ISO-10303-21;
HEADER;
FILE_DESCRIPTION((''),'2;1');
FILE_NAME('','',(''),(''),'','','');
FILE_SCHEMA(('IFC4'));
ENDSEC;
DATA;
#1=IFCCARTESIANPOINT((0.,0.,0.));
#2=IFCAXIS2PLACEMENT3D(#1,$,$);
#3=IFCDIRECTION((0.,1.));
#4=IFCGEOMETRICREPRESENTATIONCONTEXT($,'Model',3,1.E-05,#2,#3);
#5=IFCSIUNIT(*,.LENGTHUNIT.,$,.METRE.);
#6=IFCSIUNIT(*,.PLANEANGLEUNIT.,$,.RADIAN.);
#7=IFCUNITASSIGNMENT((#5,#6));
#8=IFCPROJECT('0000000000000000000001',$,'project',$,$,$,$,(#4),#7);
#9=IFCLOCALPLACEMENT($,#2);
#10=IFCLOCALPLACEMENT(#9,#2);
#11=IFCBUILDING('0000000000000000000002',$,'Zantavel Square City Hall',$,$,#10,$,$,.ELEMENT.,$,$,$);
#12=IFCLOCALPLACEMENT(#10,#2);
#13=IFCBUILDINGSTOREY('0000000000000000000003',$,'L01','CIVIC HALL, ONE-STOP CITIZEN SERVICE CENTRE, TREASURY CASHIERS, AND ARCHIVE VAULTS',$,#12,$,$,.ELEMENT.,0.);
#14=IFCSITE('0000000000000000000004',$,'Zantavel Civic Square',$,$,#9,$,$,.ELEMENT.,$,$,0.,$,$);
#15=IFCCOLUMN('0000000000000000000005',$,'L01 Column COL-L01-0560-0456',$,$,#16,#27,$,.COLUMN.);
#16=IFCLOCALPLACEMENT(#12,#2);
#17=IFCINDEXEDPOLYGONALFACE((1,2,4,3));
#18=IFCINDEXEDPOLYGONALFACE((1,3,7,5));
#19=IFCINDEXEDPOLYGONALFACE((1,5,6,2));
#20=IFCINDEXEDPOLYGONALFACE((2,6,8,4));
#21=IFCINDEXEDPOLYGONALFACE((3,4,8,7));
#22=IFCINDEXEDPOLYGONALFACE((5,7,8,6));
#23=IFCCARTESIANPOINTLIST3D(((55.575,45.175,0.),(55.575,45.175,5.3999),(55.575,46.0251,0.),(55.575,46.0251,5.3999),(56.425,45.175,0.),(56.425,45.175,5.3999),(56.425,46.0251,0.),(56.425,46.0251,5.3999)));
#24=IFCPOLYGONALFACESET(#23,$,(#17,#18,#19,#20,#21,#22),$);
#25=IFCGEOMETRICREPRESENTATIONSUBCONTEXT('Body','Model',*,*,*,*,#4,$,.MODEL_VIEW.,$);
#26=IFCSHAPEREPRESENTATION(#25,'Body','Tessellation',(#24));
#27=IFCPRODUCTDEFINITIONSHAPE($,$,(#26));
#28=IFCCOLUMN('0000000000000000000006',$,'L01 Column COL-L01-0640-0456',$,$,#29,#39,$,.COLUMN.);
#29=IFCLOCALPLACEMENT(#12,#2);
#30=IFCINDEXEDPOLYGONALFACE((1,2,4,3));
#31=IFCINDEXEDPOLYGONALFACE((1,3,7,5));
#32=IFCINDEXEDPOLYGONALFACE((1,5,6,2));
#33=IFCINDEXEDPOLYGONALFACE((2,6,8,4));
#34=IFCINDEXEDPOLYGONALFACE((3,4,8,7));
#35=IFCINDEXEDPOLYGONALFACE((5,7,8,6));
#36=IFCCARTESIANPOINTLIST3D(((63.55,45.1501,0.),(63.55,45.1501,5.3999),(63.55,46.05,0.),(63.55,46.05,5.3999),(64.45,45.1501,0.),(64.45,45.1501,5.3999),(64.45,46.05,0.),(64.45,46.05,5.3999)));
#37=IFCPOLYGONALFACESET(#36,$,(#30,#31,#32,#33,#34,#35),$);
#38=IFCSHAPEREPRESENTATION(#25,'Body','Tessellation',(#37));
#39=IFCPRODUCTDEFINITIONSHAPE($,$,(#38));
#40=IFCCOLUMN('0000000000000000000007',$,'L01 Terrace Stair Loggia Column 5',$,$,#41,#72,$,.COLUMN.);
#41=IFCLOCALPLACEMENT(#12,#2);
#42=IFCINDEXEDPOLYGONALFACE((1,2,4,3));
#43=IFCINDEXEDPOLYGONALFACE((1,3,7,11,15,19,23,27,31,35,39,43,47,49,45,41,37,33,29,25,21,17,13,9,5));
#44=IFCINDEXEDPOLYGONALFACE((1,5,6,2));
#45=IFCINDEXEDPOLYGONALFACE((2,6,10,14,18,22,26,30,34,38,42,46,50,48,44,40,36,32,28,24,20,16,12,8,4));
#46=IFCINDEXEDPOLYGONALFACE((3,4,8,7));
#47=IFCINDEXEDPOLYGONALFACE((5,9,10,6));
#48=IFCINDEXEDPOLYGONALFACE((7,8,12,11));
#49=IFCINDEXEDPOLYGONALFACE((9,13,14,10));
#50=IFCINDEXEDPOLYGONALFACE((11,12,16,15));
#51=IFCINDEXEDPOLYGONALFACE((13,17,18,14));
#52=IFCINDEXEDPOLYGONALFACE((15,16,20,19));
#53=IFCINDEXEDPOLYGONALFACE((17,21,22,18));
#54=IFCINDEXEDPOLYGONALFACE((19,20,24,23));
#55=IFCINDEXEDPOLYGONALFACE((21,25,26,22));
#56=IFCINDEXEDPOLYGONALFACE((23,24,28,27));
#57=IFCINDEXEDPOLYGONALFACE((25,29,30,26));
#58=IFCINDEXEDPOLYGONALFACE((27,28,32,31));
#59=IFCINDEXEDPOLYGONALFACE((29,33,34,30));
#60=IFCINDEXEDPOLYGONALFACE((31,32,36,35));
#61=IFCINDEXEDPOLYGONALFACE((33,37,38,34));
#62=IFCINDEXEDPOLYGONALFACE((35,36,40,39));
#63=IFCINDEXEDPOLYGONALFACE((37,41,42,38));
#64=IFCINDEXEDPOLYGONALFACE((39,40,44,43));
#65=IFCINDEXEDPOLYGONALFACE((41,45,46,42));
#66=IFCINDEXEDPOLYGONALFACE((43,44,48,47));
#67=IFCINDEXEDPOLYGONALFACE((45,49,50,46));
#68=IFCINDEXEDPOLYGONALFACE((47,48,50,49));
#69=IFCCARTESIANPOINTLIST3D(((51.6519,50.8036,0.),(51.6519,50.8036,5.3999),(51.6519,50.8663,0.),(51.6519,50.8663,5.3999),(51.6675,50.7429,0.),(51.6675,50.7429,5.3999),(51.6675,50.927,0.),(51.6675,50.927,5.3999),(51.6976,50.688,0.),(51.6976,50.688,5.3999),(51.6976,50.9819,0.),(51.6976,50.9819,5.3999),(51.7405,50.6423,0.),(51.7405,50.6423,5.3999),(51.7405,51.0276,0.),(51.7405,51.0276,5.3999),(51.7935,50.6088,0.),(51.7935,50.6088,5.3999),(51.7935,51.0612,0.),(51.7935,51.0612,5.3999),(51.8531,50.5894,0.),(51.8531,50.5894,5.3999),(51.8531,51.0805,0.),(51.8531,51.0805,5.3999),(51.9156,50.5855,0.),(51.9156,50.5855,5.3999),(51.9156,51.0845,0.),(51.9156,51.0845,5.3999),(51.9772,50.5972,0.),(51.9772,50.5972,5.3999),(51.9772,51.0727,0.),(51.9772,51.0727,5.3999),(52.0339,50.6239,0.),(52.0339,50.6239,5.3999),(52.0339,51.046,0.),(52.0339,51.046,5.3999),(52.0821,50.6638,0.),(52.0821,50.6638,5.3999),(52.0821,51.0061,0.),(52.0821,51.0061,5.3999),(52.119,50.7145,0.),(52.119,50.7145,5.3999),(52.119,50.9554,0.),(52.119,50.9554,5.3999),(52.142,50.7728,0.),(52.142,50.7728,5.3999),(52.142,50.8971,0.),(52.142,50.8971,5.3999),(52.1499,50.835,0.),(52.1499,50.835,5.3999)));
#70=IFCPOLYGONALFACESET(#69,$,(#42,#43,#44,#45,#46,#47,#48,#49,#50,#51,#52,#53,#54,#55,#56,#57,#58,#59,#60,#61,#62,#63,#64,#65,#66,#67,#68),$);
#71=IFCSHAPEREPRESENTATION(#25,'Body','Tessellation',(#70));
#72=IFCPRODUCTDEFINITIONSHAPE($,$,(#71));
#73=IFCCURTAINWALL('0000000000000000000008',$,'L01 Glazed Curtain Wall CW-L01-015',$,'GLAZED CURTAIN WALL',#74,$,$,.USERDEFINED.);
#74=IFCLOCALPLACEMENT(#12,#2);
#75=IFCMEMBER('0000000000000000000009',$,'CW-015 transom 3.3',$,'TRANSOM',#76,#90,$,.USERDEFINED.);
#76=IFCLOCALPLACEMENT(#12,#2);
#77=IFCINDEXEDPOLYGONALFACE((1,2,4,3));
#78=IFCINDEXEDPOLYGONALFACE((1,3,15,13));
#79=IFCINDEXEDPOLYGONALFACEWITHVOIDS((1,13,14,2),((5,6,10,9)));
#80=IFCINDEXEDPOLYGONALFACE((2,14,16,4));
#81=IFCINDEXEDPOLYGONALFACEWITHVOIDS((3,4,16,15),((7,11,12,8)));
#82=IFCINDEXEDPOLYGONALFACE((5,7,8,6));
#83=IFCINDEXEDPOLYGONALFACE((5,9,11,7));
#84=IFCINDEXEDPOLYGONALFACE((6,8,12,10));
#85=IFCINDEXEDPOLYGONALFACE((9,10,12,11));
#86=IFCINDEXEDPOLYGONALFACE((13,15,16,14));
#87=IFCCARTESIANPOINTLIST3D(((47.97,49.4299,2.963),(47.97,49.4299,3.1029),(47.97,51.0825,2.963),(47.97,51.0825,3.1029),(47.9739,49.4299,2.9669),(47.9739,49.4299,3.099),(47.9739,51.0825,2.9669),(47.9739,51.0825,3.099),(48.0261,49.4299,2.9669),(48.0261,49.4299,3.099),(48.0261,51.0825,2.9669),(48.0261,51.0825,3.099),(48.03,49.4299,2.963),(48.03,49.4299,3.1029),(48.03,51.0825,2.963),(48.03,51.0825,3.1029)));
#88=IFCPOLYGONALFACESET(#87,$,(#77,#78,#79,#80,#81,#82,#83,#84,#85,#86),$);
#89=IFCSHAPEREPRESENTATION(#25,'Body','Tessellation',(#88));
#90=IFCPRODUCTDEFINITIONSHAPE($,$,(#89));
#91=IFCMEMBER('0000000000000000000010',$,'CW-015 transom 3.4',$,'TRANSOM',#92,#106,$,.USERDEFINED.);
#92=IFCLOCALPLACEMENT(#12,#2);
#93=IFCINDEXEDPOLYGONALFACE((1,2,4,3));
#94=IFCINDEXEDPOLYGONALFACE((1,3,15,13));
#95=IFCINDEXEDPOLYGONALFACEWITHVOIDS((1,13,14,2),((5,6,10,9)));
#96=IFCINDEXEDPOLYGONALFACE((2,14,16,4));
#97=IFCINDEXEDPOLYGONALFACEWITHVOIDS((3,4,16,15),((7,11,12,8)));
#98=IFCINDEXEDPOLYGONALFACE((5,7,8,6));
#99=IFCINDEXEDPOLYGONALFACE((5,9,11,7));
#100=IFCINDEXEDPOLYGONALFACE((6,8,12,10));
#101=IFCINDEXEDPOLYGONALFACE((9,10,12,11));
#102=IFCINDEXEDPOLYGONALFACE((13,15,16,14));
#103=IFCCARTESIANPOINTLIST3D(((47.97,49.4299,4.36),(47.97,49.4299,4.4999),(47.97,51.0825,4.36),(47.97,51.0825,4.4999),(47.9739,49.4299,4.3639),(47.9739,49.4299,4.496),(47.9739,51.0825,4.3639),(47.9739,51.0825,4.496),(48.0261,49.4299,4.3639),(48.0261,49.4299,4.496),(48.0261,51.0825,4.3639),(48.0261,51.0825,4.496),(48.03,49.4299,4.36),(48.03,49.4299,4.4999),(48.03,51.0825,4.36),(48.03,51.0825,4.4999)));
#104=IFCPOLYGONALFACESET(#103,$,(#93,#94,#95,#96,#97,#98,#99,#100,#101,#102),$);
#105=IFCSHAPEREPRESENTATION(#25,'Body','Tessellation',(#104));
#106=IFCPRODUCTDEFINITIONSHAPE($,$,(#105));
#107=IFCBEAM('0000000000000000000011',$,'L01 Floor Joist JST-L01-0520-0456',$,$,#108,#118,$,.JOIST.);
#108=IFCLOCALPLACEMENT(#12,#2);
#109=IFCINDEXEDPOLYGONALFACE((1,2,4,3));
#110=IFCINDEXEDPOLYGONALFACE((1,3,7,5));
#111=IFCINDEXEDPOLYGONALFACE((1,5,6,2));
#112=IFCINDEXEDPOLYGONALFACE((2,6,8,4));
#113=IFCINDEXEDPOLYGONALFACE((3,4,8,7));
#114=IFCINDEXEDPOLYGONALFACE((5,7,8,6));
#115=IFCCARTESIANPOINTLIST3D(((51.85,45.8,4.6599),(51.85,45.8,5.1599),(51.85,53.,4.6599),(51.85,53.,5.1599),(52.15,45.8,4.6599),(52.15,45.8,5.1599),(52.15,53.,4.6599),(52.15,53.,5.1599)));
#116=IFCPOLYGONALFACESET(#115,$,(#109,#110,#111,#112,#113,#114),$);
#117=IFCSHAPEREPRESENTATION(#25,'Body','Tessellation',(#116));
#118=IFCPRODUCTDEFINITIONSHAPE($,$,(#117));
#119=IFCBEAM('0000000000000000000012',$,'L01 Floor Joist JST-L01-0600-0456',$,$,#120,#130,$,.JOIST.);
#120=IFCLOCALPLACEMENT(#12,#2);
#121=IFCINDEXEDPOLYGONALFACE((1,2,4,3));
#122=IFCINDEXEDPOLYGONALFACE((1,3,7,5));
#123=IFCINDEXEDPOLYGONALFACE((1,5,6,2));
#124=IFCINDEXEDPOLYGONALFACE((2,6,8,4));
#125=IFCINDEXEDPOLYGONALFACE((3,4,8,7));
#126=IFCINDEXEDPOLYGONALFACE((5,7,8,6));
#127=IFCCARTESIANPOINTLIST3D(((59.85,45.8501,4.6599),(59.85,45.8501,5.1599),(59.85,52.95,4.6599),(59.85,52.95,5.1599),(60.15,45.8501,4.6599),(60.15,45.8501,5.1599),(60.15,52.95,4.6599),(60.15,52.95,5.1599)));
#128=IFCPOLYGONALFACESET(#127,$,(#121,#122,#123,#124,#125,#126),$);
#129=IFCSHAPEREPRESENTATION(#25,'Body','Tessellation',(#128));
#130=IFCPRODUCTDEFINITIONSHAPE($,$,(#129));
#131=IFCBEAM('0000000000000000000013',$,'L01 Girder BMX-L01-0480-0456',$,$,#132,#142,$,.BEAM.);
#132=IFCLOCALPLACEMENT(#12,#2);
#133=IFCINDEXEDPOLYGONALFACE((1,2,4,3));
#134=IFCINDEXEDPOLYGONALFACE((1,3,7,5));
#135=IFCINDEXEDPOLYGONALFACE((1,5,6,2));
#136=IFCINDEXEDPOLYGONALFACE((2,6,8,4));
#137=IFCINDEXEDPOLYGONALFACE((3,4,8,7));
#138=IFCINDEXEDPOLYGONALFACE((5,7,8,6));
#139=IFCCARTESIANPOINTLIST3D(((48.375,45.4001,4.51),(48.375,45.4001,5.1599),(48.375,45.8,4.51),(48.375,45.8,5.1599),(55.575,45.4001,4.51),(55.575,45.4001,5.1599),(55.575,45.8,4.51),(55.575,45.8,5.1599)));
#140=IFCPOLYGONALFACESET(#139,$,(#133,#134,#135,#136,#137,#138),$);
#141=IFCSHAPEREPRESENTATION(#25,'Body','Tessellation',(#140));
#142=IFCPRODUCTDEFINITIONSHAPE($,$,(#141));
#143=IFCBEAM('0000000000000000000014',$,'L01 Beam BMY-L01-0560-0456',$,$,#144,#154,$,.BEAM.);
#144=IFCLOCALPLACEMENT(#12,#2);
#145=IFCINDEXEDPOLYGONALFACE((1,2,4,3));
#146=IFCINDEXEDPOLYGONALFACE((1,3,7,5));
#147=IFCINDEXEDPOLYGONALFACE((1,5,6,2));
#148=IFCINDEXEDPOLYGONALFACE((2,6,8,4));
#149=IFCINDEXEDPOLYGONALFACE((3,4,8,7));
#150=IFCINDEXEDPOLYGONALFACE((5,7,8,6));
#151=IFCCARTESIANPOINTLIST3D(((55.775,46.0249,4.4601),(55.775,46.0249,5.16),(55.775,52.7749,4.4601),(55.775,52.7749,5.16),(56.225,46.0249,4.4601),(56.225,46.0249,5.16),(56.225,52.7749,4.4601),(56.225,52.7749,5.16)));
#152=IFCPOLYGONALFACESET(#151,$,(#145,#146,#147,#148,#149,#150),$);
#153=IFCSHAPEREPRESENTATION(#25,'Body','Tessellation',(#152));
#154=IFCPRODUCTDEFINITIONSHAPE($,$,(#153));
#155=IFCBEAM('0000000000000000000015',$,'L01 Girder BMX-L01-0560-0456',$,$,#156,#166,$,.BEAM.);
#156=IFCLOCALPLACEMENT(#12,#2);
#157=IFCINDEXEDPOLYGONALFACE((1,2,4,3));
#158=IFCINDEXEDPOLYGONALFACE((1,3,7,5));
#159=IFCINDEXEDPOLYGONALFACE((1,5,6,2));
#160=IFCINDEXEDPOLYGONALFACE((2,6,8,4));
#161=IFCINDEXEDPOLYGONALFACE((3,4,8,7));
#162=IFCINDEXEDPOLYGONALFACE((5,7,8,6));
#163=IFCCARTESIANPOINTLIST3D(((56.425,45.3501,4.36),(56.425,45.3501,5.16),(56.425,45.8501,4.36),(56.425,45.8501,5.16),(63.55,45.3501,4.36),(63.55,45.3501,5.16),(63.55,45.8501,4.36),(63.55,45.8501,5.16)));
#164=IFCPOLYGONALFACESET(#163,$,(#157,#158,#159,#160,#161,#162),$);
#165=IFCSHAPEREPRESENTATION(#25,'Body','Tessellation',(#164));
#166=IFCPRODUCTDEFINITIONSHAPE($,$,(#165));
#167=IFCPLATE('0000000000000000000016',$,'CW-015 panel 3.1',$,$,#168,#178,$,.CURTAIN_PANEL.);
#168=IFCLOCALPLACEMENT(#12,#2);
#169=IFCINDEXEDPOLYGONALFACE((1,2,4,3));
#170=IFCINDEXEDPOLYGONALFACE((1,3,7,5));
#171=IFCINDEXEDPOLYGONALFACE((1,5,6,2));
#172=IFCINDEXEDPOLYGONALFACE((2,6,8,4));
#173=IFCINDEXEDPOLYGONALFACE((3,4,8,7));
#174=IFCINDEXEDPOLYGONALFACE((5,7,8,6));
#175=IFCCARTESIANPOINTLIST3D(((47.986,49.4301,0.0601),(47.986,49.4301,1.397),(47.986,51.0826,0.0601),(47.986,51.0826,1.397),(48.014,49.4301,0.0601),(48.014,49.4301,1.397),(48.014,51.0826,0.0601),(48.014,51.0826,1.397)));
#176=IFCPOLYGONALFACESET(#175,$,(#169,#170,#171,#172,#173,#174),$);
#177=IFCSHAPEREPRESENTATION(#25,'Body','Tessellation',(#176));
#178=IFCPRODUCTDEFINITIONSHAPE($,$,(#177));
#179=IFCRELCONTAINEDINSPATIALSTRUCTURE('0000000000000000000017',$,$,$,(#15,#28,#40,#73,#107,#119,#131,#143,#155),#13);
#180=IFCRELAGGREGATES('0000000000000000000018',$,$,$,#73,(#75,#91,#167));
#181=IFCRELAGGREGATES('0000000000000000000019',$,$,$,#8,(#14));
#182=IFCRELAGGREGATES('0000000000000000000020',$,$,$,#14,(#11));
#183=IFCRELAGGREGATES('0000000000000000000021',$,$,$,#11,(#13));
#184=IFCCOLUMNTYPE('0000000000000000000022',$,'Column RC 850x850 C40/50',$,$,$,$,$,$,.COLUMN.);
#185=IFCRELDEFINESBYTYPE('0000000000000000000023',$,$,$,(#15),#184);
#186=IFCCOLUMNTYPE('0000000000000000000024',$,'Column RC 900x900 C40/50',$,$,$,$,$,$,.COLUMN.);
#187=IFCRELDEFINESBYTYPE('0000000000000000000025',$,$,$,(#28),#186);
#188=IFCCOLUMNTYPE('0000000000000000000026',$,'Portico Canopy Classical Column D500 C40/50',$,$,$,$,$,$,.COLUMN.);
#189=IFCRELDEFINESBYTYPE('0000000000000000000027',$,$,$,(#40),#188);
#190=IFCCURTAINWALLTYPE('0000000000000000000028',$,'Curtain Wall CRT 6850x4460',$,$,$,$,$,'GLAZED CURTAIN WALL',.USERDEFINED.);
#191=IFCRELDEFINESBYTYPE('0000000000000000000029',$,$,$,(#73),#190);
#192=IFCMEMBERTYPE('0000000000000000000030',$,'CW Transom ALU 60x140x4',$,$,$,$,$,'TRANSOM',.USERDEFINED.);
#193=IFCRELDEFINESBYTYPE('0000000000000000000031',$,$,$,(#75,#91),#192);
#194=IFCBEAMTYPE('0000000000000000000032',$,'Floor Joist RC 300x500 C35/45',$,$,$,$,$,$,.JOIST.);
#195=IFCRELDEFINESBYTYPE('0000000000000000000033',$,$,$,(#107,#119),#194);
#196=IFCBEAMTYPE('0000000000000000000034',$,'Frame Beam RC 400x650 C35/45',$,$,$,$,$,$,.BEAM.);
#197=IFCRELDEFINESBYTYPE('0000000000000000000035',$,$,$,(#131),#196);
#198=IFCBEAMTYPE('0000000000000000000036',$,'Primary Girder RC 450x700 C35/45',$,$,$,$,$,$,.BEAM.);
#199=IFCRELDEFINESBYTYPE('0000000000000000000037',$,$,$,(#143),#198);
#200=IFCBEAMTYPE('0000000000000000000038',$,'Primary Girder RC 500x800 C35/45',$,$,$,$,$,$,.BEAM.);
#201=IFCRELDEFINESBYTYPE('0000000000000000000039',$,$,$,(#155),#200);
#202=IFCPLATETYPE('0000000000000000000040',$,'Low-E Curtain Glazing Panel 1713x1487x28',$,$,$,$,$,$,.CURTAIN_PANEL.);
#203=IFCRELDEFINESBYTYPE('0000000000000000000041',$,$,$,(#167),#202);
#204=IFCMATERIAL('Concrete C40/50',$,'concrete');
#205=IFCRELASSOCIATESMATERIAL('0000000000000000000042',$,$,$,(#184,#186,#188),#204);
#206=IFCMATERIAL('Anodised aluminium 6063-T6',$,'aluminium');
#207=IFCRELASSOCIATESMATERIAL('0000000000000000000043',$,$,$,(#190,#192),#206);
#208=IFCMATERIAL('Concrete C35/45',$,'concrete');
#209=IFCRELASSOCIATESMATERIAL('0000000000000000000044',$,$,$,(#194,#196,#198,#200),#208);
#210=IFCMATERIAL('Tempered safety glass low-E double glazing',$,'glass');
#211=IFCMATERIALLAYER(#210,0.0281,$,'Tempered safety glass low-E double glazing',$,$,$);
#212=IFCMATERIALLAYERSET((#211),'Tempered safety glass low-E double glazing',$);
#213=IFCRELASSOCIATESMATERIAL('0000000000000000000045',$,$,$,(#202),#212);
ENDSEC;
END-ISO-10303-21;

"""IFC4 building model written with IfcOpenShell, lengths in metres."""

from ifc_helpers import new_model, si_unit, direction, frame, origin, origin_2d, place, context, subcontext, project, spatial, rectangle, hollow_rectangle, circle, extrude, material, layer, layer_set, material_profile, profile_set, type_object, element, aggregate, save


model = new_model("IFC4")

# Units and contexts
model_context = context("Model", 3, precision=1e-05, world=origin(), true_north=direction((0.0, 1.0)))
body_context = subcontext(model_context, "Body", "Model", "MODEL_VIEW")
ifc_project = project(units=[si_unit("LENGTHUNIT", "METRE"), si_unit("PLANEANGLEUNIT", "RADIAN")], contexts=[model_context])

# Site, building, storey
site_placement = place(None, origin())
site = spatial("IfcSite", under=ifc_project, at=site_placement, Name="Zantavel Civic Square", CompositionType="ELEMENT", RefElevation=0.0)
building_placement = place(site_placement, origin())
building = spatial("IfcBuilding", under=site, at=building_placement, Name="Zantavel Square City Hall", CompositionType="ELEMENT")
storey_placement = place(building_placement, origin())
storey = spatial("IfcBuildingStorey", under=building, at=storey_placement, Name="L01", Description="CIVIC HALL, ONE-STOP CITIZEN SERVICE CENTRE, TREASURY CASHIERS, AND ARCHIVE VAULTS", CompositionType="ELEMENT", Elevation=0.0)

# Columns
ifc_material_1 = material(Name="Concrete C40/50", Category="concrete")
ifc_material_profile_1 = material_profile(ifc_material_1, rectangle(XDim=0.8501, YDim=0.8501, at=origin_2d()), Name="RC 850x850")
ifc_profile_set_1 = profile_set([ifc_material_profile_1], Name="Concrete C40/50")
column_type_1 = type_object("IfcColumnType", Name="Column RC 850x850 C40/50", PredefinedType="COLUMN", material=ifc_profile_set_1)
column_1_placement = place(storey_placement, frame((56.0, 45.6001, 0.0), z_axis=(0.0, 0.0, 1.0), x_axis=(1.0, 0.0, 0.0)))
element("IfcColumn", 1, at=column_1_placement, inside=storey, type_object=column_type_1, Name="L01 Column COL-L01-0560-0456", PredefinedType="COLUMN", context=body_context, shape_type="SweptSolid", body=[
    extrude(rectangle(XDim=0.8501, YDim=0.8501, at=origin_2d()), origin(), (0.0, 0.0, 1.0), 5.3999),
])
ifc_material_profile_2 = material_profile(ifc_material_1, rectangle(XDim=0.8999, YDim=0.8999, at=origin_2d()), Name="RC 900x900")
ifc_profile_set_2 = profile_set([ifc_material_profile_2], Name="Concrete C40/50")
column_type_2 = type_object("IfcColumnType", Name="Column RC 900x900 C40/50", PredefinedType="COLUMN", material=ifc_profile_set_2)
column_2_placement = place(storey_placement, frame((64.0, 45.6001, 0.0), z_axis=(0.0, 0.0, 1.0), x_axis=(1.0, 0.0, 0.0)))
element("IfcColumn", 2, at=column_2_placement, inside=storey, type_object=column_type_2, Name="L01 Column COL-L01-0640-0456", PredefinedType="COLUMN", context=body_context, shape_type="SweptSolid", body=[
    extrude(rectangle(XDim=0.8999, YDim=0.8999, at=origin_2d()), origin(), (0.0, 0.0, 1.0), 5.3999),
])
ifc_material_profile_3 = material_profile(ifc_material_1, circle(Radius=0.25, at=origin_2d()), Name="ROUND D500")
ifc_profile_set_3 = profile_set([ifc_material_profile_3], Name="Concrete C40/50")
column_type_3 = type_object("IfcColumnType", Name="Portico Canopy Classical Column D500 C40/50", PredefinedType="COLUMN", material=ifc_profile_set_3)
column_3_placement = place(storey_placement, frame((51.8999, 50.835, 0.0), z_axis=(0.0, 0.0, 1.0), x_axis=(1.0, 0.0, 0.0)))
element("IfcColumn", 3, at=column_3_placement, inside=storey, type_object=column_type_3, Name="L01 Terrace Stair Loggia Column 5", PredefinedType="COLUMN", context=body_context, shape_type="SweptSolid", body=[
    extrude(circle(Radius=0.25, at=origin_2d()), origin(), (0.0, 0.0, 1.0), 5.3999),
])

# Curtain wall, members
ifc_material_2 = material(Name="Anodised aluminium 6063-T6", Category="aluminium")
curtain_wall_type = type_object("IfcCurtainWallType", Name="Curtain Wall CRT 6850x4460", ElementType="GLAZED CURTAIN WALL", PredefinedType="USERDEFINED", material=ifc_material_2)
curtain_wall_placement = place(storey_placement, origin())
curtain_wall = element("IfcCurtainWall", 4, at=curtain_wall_placement, inside=storey, type_object=curtain_wall_type, Name="L01 Glazed Curtain Wall CW-L01-015", ObjectType="GLAZED CURTAIN WALL", PredefinedType="USERDEFINED")
ifc_material_profile_4 = material_profile(ifc_material_2, hollow_rectangle(XDim=0.0601, YDim=0.1399, WallThickness=0.0039, at=origin_2d()), Name="ALU 60x140x4")
ifc_profile_set_4 = profile_set([ifc_material_profile_4], Name="Anodised aluminium 6063-T6")
member_type = type_object("IfcMemberType", Name="CW Transom ALU 60x140x4", ElementType="TRANSOM", PredefinedType="USERDEFINED", material=ifc_profile_set_4)
member_1_placement = place(storey_placement, frame((48.0, 49.4299, 3.033), z_axis=(0.0, 1.0, 0.0), x_axis=(-1.0, 0.0, 0.0)))
member_1 = element("IfcMember", 5, at=member_1_placement, type_object=member_type, Name="CW-015 transom 3.3", ObjectType="TRANSOM", PredefinedType="USERDEFINED", context=body_context, shape_type="SweptSolid", body=[
    extrude(hollow_rectangle(XDim=0.0601, YDim=0.1399, WallThickness=0.0039, at=origin_2d()), origin(), (0.0, 0.0, 1.0), 1.6526),
])
member_2_placement = place(storey_placement, frame((48.0, 49.4299, 4.4299), z_axis=(0.0, 1.0, 0.0), x_axis=(-1.0, 0.0, 0.0)))
member_2 = element("IfcMember", 6, at=member_2_placement, type_object=member_type, Name="CW-015 transom 3.4", ObjectType="TRANSOM", PredefinedType="USERDEFINED", context=body_context, shape_type="SweptSolid", body=[
    extrude(hollow_rectangle(XDim=0.0601, YDim=0.1399, WallThickness=0.0039, at=origin_2d()), origin(), (0.0, 0.0, 1.0), 1.6526),
])

# Beams
ifc_material_3 = material(Name="Concrete C35/45", Category="concrete")
ifc_material_profile_5 = material_profile(ifc_material_3, rectangle(XDim=0.3, YDim=0.5, at=origin_2d()), Name="RC 300x500")
ifc_profile_set_5 = profile_set([ifc_material_profile_5], Name="Concrete C35/45")
beam_type_1 = type_object("IfcBeamType", Name="Floor Joist RC 300x500 C35/45", PredefinedType="JOIST", material=ifc_profile_set_5)
beam_1_placement = place(storey_placement, frame((52.0, 45.8, 4.9099), z_axis=(0.0, 1.0, 0.0), x_axis=(-1.0, 0.0, 0.0)))
element("IfcBeam", 7, at=beam_1_placement, inside=storey, type_object=beam_type_1, Name="L01 Floor Joist JST-L01-0520-0456", PredefinedType="JOIST", context=body_context, shape_type="SweptSolid", body=[
    extrude(rectangle(XDim=0.3, YDim=0.5, at=origin_2d()), origin(), (0.0, 0.0, 1.0), 7.2),
])
beam_2_placement = place(storey_placement, frame((60.0, 45.8501, 4.9099), z_axis=(0.0, 1.0, 0.0), x_axis=(-1.0, 0.0, 0.0)))
element("IfcBeam", 8, at=beam_2_placement, inside=storey, type_object=beam_type_1, Name="L01 Floor Joist JST-L01-0600-0456", PredefinedType="JOIST", context=body_context, shape_type="SweptSolid", body=[
    extrude(rectangle(XDim=0.3, YDim=0.5, at=origin_2d()), origin(), (0.0, 0.0, 1.0), 7.0999),
])
ifc_material_profile_6 = material_profile(ifc_material_3, rectangle(XDim=0.3999, YDim=0.6499, at=origin_2d()), Name="RC 400x650")
ifc_profile_set_6 = profile_set([ifc_material_profile_6], Name="Concrete C35/45")
beam_type_2 = type_object("IfcBeamType", Name="Frame Beam RC 400x650 C35/45", PredefinedType="BEAM", material=ifc_profile_set_6)
beam_3_placement = place(storey_placement, frame((48.375, 45.6001, 4.835), z_axis=(1.0, 0.0, 0.0), x_axis=(0.0, 1.0, 0.0)))
element("IfcBeam", 9, at=beam_3_placement, inside=storey, type_object=beam_type_2, Name="L01 Girder BMX-L01-0480-0456", PredefinedType="BEAM", context=body_context, shape_type="SweptSolid", body=[
    extrude(rectangle(XDim=0.3999, YDim=0.6499, at=origin_2d()), origin(), (0.0, 0.0, 1.0), 7.2),
])
ifc_material_profile_7 = material_profile(ifc_material_3, rectangle(XDim=0.45, YDim=0.7, at=origin_2d()), Name="RC 450x700")
ifc_profile_set_7 = profile_set([ifc_material_profile_7], Name="Concrete C35/45")
beam_type_3 = type_object("IfcBeamType", Name="Primary Girder RC 450x700 C35/45", PredefinedType="BEAM", material=ifc_profile_set_7)
beam_4_placement = place(storey_placement, frame((56.0, 46.0249, 4.8101), z_axis=(0.0, 1.0, 0.0), x_axis=(-1.0, 0.0, 0.0)))
element("IfcBeam", 10, at=beam_4_placement, inside=storey, type_object=beam_type_3, Name="L01 Beam BMY-L01-0560-0456", PredefinedType="BEAM", context=body_context, shape_type="SweptSolid", body=[
    extrude(rectangle(XDim=0.45, YDim=0.7, at=origin_2d()), origin(), (0.0, 0.0, 1.0), 6.75),
])
ifc_material_profile_8 = material_profile(ifc_material_3, rectangle(XDim=0.5, YDim=0.8, at=origin_2d()), Name="RC 500x800")
ifc_profile_set_8 = profile_set([ifc_material_profile_8], Name="Concrete C35/45")
beam_type_4 = type_object("IfcBeamType", Name="Primary Girder RC 500x800 C35/45", PredefinedType="BEAM", material=ifc_profile_set_8)
beam_5_placement = place(storey_placement, frame((56.425, 45.6001, 4.76), z_axis=(1.0, 0.0, 0.0), x_axis=(0.0, 1.0, 0.0)))
element("IfcBeam", 11, at=beam_5_placement, inside=storey, type_object=beam_type_4, Name="L01 Girder BMX-L01-0560-0456", PredefinedType="BEAM", context=body_context, shape_type="SweptSolid", body=[
    extrude(rectangle(XDim=0.5, YDim=0.8, at=origin_2d()), origin(), (0.0, 0.0, 1.0), 7.125),
])

# Plate
ifc_material_4 = material(Name="Tempered safety glass low-E double glazing", Category="glass")
ifc_layer_1 = layer(ifc_material_4, 0.0281, Name="Tempered safety glass low-E double glazing")
ifc_layer_set_1 = layer_set([ifc_layer_1], Name="Tempered safety glass low-E double glazing")
plate_type = type_object("IfcPlateType", Name="Low-E Curtain Glazing Panel 1713x1487x28", PredefinedType="CURTAIN_PANEL", material=ifc_layer_set_1)
plate_1_placement = place(storey_placement, frame((48.0, 50.2563, 0.0601), z_axis=(0.0, 0.0, 1.0), x_axis=(0.0, 1.0, 0.0)))
plate_1 = element("IfcPlate", 12, at=plate_1_placement, type_object=plate_type, Name="CW-015 panel 3.1", PredefinedType="CURTAIN_PANEL", context=body_context, shape_type="SweptSolid", body=[
    extrude(rectangle(XDim=1.6526, YDim=0.0281, at=origin_2d()), origin(), (0.0, 0.0, 1.0), 1.3369),
])
aggregate(curtain_wall, [member_1, member_2, plate_1])

save(model, "model.ifc")
